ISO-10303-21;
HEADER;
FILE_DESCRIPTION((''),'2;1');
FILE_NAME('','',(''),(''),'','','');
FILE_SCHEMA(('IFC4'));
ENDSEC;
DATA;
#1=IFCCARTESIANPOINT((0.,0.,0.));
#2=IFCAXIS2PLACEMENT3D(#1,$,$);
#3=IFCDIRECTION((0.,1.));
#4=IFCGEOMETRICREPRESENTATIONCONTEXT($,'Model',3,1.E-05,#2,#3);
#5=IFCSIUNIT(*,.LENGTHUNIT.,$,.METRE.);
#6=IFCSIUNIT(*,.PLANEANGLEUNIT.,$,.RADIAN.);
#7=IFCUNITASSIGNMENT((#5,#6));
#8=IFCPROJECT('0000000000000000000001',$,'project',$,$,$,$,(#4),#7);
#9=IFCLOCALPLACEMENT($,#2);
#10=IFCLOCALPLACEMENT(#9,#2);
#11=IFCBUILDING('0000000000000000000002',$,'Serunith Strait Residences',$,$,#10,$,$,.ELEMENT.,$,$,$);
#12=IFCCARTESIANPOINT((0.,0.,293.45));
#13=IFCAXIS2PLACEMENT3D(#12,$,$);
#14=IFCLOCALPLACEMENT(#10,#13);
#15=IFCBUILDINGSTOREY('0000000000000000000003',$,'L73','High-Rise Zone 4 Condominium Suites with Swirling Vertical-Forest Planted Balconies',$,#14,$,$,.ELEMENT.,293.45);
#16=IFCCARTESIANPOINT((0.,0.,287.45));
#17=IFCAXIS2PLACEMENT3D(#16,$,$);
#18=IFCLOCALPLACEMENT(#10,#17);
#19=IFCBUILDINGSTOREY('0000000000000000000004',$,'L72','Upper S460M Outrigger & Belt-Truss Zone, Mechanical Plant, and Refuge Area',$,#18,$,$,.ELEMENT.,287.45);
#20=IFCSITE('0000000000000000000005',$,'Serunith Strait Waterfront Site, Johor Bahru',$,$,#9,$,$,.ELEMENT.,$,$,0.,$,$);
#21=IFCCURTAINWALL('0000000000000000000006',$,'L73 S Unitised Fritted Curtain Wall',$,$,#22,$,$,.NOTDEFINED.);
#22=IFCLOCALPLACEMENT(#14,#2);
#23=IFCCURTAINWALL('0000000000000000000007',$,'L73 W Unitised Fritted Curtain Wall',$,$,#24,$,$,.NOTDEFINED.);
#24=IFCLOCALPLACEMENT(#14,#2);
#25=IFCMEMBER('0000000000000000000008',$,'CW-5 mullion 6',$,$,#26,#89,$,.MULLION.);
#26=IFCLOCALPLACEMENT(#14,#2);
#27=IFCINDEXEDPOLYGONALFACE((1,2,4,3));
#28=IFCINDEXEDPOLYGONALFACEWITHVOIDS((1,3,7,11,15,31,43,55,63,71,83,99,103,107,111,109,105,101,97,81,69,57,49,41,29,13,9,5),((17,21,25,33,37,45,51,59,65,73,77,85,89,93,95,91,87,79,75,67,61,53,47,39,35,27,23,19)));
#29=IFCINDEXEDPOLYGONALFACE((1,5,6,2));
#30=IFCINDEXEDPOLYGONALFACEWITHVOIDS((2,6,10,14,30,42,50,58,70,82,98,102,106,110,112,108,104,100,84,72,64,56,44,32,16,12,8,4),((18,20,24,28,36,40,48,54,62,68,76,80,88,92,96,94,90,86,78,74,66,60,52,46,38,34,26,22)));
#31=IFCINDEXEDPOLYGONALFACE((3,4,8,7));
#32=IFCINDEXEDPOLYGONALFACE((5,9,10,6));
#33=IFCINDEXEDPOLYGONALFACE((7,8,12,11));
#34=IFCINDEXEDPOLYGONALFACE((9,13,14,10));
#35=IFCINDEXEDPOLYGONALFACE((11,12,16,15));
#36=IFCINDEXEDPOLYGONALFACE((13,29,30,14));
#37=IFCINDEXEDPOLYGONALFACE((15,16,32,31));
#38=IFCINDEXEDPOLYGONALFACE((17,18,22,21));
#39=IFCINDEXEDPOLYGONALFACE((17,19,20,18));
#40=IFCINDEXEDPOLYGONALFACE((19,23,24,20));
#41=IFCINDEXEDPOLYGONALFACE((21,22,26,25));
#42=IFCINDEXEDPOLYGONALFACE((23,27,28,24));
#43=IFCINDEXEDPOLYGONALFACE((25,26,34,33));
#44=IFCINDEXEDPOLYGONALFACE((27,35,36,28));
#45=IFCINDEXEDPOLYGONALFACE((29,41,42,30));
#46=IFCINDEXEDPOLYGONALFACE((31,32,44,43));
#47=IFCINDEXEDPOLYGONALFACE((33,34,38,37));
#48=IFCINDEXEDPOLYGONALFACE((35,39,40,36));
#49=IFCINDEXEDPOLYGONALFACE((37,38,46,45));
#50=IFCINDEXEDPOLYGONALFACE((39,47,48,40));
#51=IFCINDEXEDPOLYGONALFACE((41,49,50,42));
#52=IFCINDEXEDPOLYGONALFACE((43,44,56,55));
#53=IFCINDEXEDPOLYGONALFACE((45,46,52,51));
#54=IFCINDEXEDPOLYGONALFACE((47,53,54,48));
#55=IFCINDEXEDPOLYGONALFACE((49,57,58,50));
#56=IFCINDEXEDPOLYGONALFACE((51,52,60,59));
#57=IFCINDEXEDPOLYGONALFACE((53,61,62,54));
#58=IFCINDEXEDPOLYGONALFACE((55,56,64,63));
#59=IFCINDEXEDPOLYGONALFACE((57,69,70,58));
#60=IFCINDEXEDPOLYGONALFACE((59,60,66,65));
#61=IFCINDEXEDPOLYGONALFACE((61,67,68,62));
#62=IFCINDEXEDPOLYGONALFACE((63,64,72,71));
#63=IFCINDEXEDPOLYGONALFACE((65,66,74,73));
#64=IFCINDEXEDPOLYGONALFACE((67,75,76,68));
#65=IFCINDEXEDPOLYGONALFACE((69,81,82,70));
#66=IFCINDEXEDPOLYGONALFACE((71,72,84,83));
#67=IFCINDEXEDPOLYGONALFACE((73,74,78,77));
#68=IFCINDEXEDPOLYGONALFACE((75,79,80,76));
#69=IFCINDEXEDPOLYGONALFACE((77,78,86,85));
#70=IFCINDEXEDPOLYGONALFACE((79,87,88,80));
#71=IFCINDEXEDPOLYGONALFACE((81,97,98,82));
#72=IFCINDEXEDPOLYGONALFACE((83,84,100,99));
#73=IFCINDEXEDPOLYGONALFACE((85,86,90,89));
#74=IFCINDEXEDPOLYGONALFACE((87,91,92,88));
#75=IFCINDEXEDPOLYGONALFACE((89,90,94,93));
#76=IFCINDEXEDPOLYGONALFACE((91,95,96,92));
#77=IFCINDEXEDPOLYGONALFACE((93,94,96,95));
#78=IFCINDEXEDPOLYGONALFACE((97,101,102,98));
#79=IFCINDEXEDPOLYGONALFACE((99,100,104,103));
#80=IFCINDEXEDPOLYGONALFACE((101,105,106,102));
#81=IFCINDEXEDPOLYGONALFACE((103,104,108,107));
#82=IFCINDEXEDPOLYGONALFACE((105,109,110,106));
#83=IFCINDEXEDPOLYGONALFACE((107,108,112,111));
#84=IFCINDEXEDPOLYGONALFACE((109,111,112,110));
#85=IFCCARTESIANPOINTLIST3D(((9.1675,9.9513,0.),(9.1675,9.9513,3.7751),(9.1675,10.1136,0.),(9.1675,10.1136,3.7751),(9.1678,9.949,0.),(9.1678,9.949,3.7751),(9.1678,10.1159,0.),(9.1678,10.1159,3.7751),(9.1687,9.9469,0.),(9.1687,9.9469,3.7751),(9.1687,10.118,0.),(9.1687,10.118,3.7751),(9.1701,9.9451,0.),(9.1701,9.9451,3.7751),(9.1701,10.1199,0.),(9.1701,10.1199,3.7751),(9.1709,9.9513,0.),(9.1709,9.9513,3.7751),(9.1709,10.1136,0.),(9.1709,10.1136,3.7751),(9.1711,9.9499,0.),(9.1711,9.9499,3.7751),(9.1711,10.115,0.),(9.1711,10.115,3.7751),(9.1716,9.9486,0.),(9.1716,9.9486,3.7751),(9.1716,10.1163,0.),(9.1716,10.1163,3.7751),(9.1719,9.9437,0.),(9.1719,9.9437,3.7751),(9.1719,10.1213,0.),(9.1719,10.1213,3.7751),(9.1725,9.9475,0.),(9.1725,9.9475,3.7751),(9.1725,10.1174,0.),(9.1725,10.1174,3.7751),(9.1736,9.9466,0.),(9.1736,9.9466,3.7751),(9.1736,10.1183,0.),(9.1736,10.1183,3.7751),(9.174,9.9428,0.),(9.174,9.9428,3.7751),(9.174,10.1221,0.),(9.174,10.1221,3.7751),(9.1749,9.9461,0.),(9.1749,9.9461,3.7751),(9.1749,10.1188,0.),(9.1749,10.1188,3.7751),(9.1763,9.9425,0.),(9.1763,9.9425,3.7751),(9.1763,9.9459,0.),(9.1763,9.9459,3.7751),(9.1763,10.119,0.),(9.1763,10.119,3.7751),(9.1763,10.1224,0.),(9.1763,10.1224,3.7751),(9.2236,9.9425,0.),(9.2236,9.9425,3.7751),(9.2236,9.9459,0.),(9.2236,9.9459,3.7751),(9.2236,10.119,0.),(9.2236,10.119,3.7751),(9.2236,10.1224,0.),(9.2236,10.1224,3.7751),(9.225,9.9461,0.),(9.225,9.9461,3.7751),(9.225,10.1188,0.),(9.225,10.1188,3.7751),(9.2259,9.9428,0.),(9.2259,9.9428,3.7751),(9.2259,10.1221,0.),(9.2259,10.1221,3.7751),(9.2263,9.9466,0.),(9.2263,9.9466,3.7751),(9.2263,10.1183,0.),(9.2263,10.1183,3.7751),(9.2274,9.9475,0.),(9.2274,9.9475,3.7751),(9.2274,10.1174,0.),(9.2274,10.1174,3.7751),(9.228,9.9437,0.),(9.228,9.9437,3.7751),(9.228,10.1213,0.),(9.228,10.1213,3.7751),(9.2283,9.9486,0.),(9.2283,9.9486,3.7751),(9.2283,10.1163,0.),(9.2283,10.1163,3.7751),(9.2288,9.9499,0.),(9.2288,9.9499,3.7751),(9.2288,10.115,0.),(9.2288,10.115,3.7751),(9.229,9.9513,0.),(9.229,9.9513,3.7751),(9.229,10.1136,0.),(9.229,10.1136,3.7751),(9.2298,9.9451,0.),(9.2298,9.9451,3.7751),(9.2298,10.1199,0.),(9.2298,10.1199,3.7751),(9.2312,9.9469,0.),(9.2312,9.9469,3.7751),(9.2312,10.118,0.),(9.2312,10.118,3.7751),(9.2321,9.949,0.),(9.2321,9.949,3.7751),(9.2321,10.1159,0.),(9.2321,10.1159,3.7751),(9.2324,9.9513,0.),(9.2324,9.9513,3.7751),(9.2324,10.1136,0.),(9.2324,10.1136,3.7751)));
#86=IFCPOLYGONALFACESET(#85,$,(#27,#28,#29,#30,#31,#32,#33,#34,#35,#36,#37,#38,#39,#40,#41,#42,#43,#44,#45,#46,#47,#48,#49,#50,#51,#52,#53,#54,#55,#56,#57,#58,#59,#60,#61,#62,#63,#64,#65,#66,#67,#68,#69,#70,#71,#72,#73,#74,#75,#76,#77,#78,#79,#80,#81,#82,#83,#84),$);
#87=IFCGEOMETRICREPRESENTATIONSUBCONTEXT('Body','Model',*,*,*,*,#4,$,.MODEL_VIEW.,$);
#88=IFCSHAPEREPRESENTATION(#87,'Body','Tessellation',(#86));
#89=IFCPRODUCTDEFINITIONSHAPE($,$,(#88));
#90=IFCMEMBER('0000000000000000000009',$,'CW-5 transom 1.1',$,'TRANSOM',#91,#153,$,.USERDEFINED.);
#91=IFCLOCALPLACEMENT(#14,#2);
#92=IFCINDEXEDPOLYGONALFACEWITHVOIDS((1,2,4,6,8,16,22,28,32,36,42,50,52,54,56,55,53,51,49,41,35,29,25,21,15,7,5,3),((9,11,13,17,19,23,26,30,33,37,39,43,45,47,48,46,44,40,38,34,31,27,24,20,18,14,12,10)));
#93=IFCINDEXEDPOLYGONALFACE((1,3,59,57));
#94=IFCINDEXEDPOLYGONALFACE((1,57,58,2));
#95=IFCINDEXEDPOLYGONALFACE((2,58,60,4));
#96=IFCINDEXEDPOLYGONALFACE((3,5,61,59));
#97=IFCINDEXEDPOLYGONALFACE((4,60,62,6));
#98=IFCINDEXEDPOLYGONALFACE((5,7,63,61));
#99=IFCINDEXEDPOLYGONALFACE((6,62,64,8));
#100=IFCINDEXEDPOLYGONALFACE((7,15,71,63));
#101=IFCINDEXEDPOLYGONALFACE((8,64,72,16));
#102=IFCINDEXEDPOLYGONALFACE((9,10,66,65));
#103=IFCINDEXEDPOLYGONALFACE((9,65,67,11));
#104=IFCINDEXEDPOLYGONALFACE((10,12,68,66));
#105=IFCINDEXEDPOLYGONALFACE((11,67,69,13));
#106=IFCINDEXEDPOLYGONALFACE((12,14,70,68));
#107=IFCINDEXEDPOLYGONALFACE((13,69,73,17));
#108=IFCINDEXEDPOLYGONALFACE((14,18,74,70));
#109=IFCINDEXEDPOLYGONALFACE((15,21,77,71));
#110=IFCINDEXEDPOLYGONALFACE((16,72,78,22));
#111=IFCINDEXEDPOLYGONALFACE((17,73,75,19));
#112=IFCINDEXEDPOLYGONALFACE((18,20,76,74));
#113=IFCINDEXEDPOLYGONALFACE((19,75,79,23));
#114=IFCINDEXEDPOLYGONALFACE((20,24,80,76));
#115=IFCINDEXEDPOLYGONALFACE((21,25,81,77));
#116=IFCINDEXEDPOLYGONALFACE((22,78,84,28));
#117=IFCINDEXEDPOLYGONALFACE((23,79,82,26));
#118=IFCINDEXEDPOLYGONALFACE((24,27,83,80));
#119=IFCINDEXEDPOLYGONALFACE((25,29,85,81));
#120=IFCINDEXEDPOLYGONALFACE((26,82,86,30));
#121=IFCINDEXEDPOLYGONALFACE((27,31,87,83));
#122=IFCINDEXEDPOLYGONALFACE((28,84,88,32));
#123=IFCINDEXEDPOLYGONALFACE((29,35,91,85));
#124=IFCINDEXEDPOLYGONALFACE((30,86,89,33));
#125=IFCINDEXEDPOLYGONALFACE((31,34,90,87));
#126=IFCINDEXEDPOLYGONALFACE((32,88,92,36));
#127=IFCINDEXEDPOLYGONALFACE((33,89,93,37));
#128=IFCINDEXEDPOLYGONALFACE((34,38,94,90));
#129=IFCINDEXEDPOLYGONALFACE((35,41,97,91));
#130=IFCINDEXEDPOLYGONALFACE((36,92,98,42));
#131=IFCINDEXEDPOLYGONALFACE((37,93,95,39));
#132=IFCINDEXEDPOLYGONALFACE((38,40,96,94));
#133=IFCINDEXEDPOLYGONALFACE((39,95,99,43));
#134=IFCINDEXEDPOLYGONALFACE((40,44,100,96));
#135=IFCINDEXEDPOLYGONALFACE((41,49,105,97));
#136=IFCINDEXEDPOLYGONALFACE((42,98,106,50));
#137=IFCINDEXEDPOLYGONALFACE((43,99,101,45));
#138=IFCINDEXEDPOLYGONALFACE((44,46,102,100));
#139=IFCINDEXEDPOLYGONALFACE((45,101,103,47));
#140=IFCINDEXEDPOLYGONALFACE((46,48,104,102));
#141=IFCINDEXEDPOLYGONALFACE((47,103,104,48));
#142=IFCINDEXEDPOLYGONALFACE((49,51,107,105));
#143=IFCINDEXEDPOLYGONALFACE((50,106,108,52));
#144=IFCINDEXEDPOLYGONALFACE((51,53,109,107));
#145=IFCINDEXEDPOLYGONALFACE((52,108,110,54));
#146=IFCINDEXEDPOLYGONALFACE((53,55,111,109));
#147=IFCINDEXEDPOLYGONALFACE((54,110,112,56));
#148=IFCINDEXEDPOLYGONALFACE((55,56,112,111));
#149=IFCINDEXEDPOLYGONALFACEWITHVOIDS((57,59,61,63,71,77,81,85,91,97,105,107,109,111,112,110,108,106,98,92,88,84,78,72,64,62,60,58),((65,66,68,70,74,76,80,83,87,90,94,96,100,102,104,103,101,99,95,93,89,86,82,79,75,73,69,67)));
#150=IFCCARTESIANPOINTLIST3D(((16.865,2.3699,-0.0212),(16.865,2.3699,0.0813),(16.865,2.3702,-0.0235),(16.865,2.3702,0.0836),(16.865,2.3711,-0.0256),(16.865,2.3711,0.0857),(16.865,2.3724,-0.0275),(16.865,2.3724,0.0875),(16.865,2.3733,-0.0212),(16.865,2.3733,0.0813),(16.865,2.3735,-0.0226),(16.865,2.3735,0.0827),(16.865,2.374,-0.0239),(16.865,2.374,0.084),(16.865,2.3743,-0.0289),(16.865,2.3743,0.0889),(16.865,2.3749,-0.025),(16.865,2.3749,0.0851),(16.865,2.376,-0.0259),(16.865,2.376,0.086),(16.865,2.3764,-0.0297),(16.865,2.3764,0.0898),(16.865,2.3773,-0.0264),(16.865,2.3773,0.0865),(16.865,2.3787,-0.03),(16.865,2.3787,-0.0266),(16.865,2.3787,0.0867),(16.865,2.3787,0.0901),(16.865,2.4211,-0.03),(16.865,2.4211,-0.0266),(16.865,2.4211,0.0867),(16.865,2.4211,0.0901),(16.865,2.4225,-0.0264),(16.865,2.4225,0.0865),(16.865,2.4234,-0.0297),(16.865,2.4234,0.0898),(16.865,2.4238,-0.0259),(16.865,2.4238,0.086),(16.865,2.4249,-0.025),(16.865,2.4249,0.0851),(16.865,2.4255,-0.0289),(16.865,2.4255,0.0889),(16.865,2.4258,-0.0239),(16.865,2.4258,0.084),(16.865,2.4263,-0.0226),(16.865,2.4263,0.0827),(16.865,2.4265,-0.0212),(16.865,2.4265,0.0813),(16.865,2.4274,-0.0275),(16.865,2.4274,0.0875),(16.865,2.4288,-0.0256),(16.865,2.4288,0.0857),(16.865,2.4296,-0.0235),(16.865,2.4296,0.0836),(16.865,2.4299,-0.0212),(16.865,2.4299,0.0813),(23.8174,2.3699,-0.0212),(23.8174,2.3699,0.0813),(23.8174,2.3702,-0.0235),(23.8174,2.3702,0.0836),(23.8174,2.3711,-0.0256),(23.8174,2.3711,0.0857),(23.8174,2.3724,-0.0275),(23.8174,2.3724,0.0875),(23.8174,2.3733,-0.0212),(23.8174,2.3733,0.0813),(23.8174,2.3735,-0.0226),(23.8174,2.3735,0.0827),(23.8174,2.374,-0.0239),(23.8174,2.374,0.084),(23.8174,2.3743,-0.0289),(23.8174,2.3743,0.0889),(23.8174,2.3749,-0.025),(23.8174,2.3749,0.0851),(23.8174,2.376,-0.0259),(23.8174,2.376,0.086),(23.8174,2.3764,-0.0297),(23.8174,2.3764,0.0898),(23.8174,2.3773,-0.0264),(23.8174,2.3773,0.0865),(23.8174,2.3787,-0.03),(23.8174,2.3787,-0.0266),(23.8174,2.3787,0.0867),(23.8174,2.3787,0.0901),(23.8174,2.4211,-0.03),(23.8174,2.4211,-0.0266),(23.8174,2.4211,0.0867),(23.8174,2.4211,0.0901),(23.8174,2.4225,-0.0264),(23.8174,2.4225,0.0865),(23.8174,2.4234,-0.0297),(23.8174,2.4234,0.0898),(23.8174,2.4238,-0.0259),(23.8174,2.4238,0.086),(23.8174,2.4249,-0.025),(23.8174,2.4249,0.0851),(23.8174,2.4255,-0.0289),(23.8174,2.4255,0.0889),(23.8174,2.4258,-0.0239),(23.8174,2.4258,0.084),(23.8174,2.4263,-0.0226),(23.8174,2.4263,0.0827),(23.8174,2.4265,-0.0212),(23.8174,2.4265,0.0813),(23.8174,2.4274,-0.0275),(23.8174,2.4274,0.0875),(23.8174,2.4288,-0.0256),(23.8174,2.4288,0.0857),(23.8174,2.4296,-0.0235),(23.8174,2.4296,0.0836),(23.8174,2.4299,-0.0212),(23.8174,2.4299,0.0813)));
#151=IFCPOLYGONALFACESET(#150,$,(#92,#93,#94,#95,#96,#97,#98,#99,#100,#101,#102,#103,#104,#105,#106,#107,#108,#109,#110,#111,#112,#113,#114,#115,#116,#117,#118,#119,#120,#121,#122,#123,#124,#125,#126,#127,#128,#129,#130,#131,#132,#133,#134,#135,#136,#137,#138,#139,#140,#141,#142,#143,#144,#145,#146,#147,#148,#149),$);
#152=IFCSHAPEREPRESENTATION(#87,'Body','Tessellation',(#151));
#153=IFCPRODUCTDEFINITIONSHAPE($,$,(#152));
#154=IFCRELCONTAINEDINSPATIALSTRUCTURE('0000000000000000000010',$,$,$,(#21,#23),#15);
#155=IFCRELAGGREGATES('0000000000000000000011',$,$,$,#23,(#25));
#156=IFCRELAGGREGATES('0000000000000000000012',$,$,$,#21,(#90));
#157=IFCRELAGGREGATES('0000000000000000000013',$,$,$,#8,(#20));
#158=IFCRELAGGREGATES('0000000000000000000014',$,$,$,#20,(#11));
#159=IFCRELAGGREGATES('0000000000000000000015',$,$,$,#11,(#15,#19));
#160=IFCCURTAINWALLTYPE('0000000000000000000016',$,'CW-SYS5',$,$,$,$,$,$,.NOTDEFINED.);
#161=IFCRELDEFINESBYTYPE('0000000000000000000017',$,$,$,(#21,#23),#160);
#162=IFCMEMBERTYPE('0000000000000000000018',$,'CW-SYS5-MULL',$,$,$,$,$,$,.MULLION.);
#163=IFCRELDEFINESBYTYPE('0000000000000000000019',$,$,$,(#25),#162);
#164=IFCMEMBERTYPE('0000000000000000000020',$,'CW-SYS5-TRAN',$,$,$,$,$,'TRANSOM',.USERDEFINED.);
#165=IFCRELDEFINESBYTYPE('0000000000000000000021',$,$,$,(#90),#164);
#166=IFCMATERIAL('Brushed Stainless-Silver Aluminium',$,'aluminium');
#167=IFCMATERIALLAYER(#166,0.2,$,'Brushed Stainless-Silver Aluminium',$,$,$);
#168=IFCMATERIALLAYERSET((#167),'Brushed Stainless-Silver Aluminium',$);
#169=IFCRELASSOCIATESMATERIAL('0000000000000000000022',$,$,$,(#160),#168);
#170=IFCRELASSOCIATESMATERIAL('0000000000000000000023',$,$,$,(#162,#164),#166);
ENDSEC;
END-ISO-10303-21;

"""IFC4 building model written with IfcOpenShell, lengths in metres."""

from ifc_helpers import new_model, si_unit, direction, frame, origin, origin_2d, place, context, subcontext, project, spatial, hollow_rectangle, extrude, source, transform, mapped, material, layer, layer_set, material_profile, profile_set, type_object, element, aggregate, save


model = new_model("IFC4")

# Units and contexts
model_context = context("Model", 3, precision=1e-05, world=origin(), true_north=direction((0.0, 1.0)))
body_context = subcontext(model_context, "Body", "Model", "MODEL_VIEW")
ifc_project = project(units=[si_unit("LENGTHUNIT", "METRE"), si_unit("PLANEANGLEUNIT", "RADIAN")], contexts=[model_context])

# Site, building, storey
site_placement = place(None, origin())
site = spatial("IfcSite", under=ifc_project, at=site_placement, Name="Serunith Strait Waterfront Site, Johor Bahru", CompositionType="ELEMENT", RefElevation=0.0)
building_placement = place(site_placement, origin())
building = spatial("IfcBuilding", under=site, at=building_placement, Name="Serunith Strait Residences", CompositionType="ELEMENT")
storey_1_placement = place(building_placement, frame((0.0, 0.0, 293.45)))
storey_1 = spatial("IfcBuildingStorey", under=building, at=storey_1_placement, Name="L73", Description="High-Rise Zone 4 Condominium Suites with Swirling Vertical-Forest Planted Balconies", CompositionType="ELEMENT", Elevation=293.45)

# Curtain walls, member
ifc_material_1 = material(Name="Brushed Stainless-Silver Aluminium", Category="aluminium")
ifc_layer_1 = layer(ifc_material_1, 0.2, Name="Brushed Stainless-Silver Aluminium")
ifc_layer_set_1 = layer_set([ifc_layer_1], Name="Brushed Stainless-Silver Aluminium")
curtain_wall_type = type_object("IfcCurtainWallType", Name="CW-SYS5", PredefinedType="NOTDEFINED", material=ifc_layer_set_1)
curtain_wall_1_placement = place(storey_1_placement, origin())
curtain_wall_1 = element("IfcCurtainWall", 1, at=curtain_wall_1_placement, inside=storey_1, type_object=curtain_wall_type, Name="L73 S Unitised Fritted Curtain Wall", PredefinedType="NOTDEFINED")
ifc_material_profile_1 = material_profile(ifc_material_1, hollow_rectangle(XDim=0.0649, YDim=0.1799, WallThickness=0.0034, InnerFilletRadius=0.0054, OuterFilletRadius=0.0088, at=origin_2d()), Name="ALU 180x65x3.5")
ifc_profile_set_1 = profile_set([ifc_material_profile_1], Name="Brushed Stainless-Silver Aluminium")
member_type_1 = type_object("IfcMemberType", Name="CW-SYS5-MULL", PredefinedType="MULLION", material=ifc_profile_set_1)
shared_shape_1 = source(origin(), body_context, "Body", "SweptSolid", [
    extrude(hollow_rectangle(XDim=0.0649, YDim=0.1799, WallThickness=0.0034, InnerFilletRadius=0.0054, OuterFilletRadius=0.0088, at=origin_2d()), origin(), (0.0, 0.0, 1.0), 3.7751),
])
curtain_wall_2_placement = place(storey_1_placement, origin())
curtain_wall_2 = element("IfcCurtainWall", 2, at=curtain_wall_2_placement, inside=storey_1, type_object=curtain_wall_type, Name="L73 W Unitised Fritted Curtain Wall", PredefinedType="NOTDEFINED")
member_1_placement = place(storey_1_placement, frame((9.2, 10.0325, 0.0), z_axis=(0.0, 0.0, 1.0), x_axis=(1.0, 0.0, 0.0)))
member_1 = element("IfcMember", 3, at=member_1_placement, type_object=member_type_1, Name="CW-5 mullion 6", PredefinedType="MULLION", context=body_context, shape_type="MappedRepresentation", body=[
    mapped(shared_shape_1, transform((0.0, 0.0, 0.0), scale=1.0)),
])
aggregate(curtain_wall_2, [member_1])

# Member
ifc_material_profile_2 = material_profile(ifc_material_1, hollow_rectangle(XDim=0.0601, YDim=0.1201, WallThickness=0.0034, InnerFilletRadius=0.0054, OuterFilletRadius=0.0088, at=origin_2d()), Name="ALU 120x60x3.5")
ifc_profile_set_2 = profile_set([ifc_material_profile_2], Name="Brushed Stainless-Silver Aluminium")
member_type_2 = type_object("IfcMemberType", Name="CW-SYS5-TRAN", ElementType="TRANSOM", PredefinedType="USERDEFINED", material=ifc_profile_set_2)
shared_shape_2 = source(origin(), body_context, "Body", "SweptSolid", [
    extrude(hollow_rectangle(XDim=0.0601, YDim=0.1201, WallThickness=0.0034, InnerFilletRadius=0.0054, OuterFilletRadius=0.0088, at=origin_2d()), origin(), (0.0, 0.0, 1.0), 6.9524),
])
member_2_placement = place(storey_1_placement, frame((16.865, 2.3999, 0.03), z_axis=(1.0, 0.0, 0.0), x_axis=(0.0, 1.0, 0.0)))
member_2 = element("IfcMember", 4, at=member_2_placement, type_object=member_type_2, Name="CW-5 transom 1.1", ObjectType="TRANSOM", PredefinedType="USERDEFINED", context=body_context, shape_type="MappedRepresentation", body=[
    mapped(shared_shape_2, transform((0.0, 0.0, 0.0), scale=1.0)),
])
aggregate(curtain_wall_1, [member_2])

# Shared definitions
storey_2_placement = place(building_placement, frame((0.0, 0.0, 287.45)))
storey_2 = spatial("IfcBuildingStorey", under=building, at=storey_2_placement, Name="L72", Description="Upper S460M Outrigger & Belt-Truss Zone, Mechanical Plant, and Refuge Area", CompositionType="ELEMENT", Elevation=287.45)

save(model, "model.ifc")
